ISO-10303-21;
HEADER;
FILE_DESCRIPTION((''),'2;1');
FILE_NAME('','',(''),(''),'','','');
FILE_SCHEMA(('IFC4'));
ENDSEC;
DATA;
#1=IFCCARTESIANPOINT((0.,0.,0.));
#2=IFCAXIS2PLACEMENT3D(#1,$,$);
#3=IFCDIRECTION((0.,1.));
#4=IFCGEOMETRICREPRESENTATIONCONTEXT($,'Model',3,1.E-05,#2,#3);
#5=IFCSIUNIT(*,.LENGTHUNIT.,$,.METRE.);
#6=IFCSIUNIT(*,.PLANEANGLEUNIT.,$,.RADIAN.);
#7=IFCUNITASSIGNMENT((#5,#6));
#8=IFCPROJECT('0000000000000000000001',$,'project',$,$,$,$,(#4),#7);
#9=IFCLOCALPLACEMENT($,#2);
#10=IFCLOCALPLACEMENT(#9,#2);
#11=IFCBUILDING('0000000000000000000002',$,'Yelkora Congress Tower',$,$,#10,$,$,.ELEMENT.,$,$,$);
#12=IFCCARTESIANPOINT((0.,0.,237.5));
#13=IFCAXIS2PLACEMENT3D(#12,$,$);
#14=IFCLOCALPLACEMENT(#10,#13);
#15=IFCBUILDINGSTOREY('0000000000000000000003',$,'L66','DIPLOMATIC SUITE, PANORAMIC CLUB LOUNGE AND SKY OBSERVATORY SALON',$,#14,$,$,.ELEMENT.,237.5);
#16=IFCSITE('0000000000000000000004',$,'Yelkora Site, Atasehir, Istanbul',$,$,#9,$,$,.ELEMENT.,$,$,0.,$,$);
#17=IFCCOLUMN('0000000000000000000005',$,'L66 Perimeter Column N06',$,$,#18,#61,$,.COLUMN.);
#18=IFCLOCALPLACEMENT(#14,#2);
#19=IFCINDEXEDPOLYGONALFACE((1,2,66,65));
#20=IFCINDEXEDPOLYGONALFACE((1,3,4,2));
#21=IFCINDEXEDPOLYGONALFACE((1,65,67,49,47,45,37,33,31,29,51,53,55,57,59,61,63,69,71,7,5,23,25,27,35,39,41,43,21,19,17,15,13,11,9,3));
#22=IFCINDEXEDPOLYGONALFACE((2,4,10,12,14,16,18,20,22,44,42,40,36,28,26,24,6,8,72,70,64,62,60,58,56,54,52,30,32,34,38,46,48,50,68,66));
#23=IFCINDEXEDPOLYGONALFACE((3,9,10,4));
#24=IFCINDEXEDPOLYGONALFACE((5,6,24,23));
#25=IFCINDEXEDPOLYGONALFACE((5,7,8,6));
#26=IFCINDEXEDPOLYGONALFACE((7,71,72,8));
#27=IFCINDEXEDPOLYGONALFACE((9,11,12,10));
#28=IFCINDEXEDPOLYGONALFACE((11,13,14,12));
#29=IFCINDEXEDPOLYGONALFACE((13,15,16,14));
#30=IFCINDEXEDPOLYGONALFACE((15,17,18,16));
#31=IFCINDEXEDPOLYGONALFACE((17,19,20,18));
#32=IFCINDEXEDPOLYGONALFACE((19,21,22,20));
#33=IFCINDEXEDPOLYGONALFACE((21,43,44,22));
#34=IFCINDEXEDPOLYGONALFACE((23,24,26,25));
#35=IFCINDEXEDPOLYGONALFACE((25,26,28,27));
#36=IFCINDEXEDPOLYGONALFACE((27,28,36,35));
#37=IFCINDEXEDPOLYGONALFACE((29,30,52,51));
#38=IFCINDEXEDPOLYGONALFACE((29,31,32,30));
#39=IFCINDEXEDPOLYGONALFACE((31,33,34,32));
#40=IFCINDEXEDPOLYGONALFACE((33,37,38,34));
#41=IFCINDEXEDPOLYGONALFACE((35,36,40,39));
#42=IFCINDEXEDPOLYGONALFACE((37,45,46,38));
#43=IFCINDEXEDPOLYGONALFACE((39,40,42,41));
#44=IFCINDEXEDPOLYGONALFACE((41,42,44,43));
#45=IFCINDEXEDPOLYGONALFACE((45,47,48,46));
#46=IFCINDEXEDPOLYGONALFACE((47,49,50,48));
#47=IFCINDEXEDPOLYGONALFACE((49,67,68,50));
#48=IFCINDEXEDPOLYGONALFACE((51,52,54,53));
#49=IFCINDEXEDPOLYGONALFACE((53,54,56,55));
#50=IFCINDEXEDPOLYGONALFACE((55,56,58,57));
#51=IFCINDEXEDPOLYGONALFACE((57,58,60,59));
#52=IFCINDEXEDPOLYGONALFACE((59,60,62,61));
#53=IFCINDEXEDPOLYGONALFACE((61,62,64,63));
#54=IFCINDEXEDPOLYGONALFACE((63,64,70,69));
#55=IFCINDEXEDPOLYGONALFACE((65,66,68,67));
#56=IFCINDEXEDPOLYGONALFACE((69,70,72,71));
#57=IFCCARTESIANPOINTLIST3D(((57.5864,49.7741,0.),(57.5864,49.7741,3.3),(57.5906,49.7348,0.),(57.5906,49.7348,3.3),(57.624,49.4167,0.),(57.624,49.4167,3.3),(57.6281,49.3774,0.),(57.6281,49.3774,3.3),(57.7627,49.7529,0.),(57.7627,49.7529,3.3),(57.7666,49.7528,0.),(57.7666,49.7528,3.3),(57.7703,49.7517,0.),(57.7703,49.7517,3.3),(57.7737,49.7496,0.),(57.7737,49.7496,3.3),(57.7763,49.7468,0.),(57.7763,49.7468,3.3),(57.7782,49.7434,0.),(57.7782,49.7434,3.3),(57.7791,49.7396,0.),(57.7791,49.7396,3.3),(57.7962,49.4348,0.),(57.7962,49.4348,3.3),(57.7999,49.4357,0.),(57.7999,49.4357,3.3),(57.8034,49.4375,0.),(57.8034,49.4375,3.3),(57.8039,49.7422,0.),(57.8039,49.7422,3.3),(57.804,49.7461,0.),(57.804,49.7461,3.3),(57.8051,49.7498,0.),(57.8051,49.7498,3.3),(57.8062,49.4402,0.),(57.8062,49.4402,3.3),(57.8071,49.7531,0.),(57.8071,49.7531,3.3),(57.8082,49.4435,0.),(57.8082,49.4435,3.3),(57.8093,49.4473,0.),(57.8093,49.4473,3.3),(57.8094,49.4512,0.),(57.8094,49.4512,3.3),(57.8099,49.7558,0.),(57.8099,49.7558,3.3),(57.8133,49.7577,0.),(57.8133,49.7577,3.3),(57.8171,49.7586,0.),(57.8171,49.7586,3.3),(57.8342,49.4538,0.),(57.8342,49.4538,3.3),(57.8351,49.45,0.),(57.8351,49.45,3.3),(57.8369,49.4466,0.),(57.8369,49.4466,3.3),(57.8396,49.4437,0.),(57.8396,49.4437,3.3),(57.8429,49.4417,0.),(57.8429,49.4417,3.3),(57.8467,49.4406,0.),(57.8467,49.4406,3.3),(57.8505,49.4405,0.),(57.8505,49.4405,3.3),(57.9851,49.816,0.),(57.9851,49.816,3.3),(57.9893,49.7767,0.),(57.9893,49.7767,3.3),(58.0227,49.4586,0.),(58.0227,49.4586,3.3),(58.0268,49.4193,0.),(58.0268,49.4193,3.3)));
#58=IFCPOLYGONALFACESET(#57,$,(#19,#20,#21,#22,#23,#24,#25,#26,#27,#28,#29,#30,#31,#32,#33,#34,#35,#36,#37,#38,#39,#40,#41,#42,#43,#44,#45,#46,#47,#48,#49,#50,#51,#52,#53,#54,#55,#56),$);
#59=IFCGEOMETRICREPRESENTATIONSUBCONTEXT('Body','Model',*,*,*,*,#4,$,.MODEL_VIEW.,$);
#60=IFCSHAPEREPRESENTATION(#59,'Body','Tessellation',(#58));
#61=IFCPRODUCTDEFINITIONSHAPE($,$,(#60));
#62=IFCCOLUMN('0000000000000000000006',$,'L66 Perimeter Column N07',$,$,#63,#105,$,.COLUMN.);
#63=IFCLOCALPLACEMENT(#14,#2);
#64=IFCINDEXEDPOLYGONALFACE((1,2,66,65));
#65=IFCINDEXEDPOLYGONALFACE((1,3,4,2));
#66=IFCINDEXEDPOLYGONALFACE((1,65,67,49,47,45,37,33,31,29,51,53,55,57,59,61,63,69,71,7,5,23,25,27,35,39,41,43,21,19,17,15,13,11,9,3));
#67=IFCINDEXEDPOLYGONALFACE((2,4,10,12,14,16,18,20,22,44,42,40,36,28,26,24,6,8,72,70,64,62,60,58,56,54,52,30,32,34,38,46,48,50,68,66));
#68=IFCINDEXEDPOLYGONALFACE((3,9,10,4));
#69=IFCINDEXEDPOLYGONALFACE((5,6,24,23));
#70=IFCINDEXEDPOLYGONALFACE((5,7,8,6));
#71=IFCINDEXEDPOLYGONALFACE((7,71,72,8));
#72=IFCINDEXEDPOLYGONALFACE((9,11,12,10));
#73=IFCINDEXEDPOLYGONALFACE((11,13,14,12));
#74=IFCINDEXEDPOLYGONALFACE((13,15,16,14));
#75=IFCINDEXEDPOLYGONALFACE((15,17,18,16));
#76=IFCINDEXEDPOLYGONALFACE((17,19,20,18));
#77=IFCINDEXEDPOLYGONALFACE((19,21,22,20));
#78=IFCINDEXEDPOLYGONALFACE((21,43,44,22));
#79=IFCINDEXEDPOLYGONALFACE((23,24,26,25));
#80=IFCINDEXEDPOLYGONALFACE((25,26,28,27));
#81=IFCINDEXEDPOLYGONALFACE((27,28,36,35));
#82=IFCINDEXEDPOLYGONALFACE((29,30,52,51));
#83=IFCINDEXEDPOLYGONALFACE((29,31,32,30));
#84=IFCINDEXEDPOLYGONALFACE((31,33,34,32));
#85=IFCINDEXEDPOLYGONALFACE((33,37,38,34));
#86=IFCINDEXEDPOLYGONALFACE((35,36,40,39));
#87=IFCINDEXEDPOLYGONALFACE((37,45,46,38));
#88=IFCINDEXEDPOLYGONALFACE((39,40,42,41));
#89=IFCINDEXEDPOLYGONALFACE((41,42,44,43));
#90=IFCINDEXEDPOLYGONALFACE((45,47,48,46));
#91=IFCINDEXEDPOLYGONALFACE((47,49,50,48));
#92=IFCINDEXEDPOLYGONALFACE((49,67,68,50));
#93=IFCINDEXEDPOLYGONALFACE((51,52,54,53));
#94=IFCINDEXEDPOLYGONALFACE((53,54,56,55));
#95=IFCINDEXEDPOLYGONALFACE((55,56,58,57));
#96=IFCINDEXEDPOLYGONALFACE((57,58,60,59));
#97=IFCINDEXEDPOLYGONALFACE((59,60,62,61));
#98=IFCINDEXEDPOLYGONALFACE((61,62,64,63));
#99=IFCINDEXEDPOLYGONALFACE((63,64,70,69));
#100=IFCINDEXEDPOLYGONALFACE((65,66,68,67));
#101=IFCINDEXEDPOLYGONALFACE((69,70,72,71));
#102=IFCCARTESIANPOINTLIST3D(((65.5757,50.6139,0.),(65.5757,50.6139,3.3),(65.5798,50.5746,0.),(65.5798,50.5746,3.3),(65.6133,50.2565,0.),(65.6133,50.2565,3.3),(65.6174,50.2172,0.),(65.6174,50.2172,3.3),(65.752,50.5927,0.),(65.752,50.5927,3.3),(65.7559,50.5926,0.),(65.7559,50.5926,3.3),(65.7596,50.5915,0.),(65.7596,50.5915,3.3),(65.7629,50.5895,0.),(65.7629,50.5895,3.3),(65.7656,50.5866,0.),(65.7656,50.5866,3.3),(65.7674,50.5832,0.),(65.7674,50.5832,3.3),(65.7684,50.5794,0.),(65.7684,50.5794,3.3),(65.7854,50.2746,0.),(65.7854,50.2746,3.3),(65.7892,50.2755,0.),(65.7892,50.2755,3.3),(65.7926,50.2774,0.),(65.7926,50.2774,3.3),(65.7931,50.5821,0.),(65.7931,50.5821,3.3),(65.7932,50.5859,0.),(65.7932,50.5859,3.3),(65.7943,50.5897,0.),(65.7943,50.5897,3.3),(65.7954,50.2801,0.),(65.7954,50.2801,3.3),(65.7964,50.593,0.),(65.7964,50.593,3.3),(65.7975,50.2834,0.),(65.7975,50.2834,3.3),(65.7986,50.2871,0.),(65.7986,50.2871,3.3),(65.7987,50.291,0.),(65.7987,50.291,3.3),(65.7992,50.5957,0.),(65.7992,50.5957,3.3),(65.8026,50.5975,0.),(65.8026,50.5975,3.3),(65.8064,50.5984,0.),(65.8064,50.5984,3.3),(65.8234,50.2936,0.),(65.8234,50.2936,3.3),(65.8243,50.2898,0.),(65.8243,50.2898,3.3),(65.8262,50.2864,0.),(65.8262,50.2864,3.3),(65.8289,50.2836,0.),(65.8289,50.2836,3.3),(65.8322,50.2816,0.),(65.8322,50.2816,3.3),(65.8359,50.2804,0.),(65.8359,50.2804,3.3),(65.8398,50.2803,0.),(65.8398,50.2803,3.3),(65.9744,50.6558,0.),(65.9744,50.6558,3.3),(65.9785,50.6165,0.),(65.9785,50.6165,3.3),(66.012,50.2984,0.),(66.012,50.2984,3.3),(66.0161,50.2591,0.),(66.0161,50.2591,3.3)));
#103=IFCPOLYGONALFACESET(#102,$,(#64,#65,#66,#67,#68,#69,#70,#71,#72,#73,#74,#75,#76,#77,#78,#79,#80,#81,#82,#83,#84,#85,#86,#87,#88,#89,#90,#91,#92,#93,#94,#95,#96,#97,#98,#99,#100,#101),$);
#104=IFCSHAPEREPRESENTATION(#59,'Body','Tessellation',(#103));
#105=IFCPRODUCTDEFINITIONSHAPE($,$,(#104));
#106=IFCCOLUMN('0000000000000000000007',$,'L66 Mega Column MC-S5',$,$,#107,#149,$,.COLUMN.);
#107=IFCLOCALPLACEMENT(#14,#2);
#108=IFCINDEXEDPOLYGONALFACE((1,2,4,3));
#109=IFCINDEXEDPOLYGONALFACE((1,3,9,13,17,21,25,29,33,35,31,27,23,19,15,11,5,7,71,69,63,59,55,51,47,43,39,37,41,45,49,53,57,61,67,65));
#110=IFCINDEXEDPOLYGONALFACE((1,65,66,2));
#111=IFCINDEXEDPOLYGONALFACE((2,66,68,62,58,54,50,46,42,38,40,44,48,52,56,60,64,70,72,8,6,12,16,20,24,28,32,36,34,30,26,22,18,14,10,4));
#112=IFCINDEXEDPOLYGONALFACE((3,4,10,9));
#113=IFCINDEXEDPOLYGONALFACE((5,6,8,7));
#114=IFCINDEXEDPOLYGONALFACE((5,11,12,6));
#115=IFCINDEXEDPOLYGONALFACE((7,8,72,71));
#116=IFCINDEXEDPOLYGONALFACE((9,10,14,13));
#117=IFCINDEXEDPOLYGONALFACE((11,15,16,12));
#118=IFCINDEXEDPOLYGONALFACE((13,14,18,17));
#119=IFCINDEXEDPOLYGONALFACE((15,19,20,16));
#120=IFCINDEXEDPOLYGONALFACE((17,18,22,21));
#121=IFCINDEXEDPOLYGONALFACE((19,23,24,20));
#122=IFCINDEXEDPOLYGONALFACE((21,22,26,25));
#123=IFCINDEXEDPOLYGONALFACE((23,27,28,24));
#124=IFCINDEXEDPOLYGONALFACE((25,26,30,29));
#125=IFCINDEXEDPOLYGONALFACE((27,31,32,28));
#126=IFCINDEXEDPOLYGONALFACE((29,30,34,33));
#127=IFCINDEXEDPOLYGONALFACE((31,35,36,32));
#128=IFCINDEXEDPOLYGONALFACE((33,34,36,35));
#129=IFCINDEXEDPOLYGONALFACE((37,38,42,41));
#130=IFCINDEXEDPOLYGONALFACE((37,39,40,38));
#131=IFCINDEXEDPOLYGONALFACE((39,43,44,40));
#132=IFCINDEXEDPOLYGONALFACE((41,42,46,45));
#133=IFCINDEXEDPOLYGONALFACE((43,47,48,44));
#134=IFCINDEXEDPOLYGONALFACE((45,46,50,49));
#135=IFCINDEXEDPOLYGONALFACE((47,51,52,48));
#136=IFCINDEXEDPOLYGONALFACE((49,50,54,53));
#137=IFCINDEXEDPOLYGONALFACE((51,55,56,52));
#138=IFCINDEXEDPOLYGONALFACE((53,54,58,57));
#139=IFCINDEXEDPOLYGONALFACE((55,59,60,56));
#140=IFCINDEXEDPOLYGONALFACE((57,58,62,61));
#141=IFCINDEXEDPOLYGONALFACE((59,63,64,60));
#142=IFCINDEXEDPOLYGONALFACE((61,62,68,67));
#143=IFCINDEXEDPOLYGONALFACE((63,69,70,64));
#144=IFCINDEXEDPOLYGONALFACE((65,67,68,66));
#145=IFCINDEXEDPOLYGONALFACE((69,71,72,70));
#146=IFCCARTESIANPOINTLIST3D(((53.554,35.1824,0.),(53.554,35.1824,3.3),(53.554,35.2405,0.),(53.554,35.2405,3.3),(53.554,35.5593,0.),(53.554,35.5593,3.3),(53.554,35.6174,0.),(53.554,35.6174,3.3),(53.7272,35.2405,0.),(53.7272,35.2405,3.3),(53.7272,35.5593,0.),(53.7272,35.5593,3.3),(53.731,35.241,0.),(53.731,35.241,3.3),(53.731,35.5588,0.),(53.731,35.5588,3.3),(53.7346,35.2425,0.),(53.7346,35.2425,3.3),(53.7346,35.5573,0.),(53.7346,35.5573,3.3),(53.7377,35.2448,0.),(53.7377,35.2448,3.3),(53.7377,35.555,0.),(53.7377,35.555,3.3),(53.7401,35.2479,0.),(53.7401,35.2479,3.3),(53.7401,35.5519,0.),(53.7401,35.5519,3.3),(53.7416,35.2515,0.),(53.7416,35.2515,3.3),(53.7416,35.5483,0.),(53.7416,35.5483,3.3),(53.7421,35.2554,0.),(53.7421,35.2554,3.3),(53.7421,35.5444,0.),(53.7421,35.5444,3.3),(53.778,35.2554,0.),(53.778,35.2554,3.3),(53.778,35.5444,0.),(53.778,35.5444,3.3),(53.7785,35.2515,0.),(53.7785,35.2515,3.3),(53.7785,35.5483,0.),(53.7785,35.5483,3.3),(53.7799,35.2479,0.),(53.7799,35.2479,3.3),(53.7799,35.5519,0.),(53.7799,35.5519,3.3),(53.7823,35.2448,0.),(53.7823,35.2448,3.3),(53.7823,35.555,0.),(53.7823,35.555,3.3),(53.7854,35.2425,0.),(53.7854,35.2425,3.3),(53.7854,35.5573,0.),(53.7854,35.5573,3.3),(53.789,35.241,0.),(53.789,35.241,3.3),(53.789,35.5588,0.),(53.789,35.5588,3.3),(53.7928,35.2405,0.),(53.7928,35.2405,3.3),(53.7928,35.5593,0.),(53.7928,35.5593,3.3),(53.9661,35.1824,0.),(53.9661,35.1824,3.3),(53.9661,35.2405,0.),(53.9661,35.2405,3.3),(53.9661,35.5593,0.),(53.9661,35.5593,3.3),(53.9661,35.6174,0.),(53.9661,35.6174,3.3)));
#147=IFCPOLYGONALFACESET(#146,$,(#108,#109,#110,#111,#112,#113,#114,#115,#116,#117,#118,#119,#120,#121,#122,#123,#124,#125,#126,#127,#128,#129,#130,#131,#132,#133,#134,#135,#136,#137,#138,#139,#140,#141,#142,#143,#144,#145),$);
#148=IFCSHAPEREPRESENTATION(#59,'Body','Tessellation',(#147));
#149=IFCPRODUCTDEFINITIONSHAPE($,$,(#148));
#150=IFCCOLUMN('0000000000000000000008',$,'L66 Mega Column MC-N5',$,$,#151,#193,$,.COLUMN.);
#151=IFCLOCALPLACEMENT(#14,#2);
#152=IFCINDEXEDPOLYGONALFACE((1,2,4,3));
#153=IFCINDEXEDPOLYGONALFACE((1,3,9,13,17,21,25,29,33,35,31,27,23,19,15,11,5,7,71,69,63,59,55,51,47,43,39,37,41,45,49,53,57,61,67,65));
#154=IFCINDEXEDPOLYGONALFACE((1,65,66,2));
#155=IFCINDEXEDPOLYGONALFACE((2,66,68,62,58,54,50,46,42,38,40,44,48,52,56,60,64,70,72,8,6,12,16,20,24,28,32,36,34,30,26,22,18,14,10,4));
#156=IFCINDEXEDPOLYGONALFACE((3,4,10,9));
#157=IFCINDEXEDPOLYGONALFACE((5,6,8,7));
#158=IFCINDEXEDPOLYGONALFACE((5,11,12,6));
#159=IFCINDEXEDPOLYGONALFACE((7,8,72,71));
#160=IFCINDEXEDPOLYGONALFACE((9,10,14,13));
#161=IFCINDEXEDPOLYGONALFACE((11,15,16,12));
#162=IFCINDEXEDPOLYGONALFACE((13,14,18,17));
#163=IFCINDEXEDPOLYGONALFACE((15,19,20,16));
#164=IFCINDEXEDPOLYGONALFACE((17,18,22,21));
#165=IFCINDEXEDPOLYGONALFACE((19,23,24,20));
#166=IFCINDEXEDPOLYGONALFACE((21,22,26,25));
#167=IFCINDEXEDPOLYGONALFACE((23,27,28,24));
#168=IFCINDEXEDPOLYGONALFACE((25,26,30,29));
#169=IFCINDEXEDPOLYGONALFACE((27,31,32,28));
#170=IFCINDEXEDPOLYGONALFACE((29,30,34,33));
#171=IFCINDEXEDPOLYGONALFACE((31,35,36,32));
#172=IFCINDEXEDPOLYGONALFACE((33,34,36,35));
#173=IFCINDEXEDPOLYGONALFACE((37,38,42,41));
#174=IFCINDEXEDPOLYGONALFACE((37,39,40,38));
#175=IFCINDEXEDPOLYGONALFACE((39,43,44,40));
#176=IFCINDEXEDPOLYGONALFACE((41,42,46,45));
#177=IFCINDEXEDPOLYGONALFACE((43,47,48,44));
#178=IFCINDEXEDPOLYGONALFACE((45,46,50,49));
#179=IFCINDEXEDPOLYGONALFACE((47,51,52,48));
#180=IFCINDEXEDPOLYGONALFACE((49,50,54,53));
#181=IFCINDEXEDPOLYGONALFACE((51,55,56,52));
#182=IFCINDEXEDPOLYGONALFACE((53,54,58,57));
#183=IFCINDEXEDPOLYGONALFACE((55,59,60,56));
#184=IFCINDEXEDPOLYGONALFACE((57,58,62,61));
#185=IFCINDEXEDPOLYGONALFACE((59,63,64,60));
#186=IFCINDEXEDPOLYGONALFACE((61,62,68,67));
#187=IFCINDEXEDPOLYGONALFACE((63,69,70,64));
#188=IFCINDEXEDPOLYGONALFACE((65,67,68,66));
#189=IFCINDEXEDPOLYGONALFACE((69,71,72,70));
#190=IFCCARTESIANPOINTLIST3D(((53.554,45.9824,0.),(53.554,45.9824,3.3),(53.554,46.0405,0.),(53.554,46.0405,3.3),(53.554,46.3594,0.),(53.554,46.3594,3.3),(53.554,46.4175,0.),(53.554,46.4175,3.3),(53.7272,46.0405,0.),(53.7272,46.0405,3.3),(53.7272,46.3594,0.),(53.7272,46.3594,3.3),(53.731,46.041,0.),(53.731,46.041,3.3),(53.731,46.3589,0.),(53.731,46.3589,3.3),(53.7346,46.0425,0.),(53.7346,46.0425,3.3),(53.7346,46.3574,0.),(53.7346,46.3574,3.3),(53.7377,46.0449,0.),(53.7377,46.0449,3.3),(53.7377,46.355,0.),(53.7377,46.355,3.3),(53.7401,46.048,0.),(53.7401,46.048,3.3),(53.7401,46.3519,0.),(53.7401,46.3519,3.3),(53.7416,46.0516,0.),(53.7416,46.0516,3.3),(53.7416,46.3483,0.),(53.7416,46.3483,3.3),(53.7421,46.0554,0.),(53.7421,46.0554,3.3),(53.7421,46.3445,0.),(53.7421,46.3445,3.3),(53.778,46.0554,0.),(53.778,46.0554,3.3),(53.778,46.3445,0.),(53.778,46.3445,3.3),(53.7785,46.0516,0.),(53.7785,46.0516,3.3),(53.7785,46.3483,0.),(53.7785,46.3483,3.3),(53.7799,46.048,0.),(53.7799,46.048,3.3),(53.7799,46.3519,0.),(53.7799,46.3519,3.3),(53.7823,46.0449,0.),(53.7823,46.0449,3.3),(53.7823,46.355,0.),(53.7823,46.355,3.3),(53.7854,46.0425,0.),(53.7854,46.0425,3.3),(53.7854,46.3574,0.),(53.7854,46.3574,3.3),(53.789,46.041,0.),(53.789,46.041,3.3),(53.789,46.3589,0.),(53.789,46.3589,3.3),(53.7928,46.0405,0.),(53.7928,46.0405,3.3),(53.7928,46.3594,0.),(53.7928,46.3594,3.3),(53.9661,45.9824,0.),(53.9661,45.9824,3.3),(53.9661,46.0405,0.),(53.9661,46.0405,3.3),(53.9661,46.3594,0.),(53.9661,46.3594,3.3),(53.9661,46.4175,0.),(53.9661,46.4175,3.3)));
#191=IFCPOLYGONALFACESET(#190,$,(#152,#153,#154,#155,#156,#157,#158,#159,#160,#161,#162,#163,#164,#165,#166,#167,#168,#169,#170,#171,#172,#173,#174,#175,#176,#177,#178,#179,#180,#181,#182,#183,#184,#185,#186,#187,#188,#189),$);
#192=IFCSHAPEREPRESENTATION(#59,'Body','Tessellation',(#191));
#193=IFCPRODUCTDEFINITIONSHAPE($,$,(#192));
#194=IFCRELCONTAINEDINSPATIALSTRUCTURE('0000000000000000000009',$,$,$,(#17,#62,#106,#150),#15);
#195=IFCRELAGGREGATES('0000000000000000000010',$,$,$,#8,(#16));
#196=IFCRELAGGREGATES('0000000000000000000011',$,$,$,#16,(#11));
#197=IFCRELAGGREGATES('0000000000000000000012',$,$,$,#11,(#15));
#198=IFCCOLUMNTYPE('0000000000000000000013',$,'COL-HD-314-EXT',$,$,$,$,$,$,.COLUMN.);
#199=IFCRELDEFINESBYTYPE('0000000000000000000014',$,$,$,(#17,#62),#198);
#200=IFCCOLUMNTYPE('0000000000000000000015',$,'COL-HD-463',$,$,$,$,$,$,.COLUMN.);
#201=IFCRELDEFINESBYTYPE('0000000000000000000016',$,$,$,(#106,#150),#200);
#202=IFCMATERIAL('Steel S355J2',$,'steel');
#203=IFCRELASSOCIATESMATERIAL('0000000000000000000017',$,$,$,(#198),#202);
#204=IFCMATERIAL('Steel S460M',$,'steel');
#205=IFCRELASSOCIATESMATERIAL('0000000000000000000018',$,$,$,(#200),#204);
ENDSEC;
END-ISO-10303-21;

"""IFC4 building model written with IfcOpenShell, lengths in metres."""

from ifc_helpers import new_model, si_unit, direction, frame, origin, origin_2d, place, context, subcontext, project, spatial, i_section, extrude, material, material_profile, profile_set, type_object, element, save


model = new_model("IFC4")

# Units and contexts
model_context = context("Model", 3, precision=1e-05, world=origin(), true_north=direction((0.0, 1.0)))
body_context = subcontext(model_context, "Body", "Model", "MODEL_VIEW")
ifc_project = project(units=[si_unit("LENGTHUNIT", "METRE"), si_unit("PLANEANGLEUNIT", "RADIAN")], contexts=[model_context])

# Site, building, storey
site_placement = place(None, origin())
site = spatial("IfcSite", under=ifc_project, at=site_placement, Name="Yelkora Site, Atasehir, Istanbul", CompositionType="ELEMENT", RefElevation=0.0)
building_placement = place(site_placement, origin())
building = spatial("IfcBuilding", under=site, at=building_placement, Name="Yelkora Congress Tower", CompositionType="ELEMENT")
storey_placement = place(building_placement, frame((0.0, 0.0, 237.5)))
storey = spatial("IfcBuildingStorey", under=building, at=storey_placement, Name="L66", Description="DIPLOMATIC SUITE, PANORAMIC CLUB LOUNGE AND SKY OBSERVATORY SALON", CompositionType="ELEMENT", Elevation=237.5)

# Columns
ifc_material_1 = material(Name="Steel S355J2", Category="steel")
ifc_material_profile_1 = material_profile(ifc_material_1, i_section(OverallWidth=0.4009, OverallDepth=0.3989, WebThickness=0.0249, FlangeThickness=0.0396, FilletRadius=0.0149, at=origin_2d()), Name="HD 400x314")
ifc_profile_set_1 = profile_set([ifc_material_profile_1], Name="Steel S355J2")
column_type_1 = type_object("IfcColumnType", Name="COL-HD-314-EXT", PredefinedType="COLUMN", material=ifc_profile_set_1)
for number, where, z_axis, x_axis, name in (
    (1, (57.8066, 49.5967, 0.0), (0.0, 0.0, 1.0), (0.994522, 0.104528, 0.0), "L66 Perimeter Column N06"),
    (2, (65.7959, 50.4365, 0.0), (0.0, 0.0, 1.0), (0.994522, 0.104528, 0.0), "L66 Perimeter Column N07"),
):
    element("IfcColumn", number, at=place(storey_placement, frame(where, z_axis=z_axis, x_axis=x_axis)), inside=storey, type_object=column_type_1, Name=name, PredefinedType="COLUMN", context=body_context, shape_type="SweptSolid", body=[
        extrude(i_section(OverallWidth=0.4009, OverallDepth=0.3989, WebThickness=0.0249, FlangeThickness=0.0396, FilletRadius=0.0149, at=origin_2d()), origin(), (0.0, 0.0, 1.0), 3.3),
    ])
ifc_material_2 = material(Name="Steel S460M", Category="steel")
ifc_material_profile_2 = material_profile(ifc_material_2, i_section(OverallWidth=0.4121, OverallDepth=0.4351, WebThickness=0.0359, FlangeThickness=0.0581, FilletRadius=0.0149, at=origin_2d()), Name="HD 400x463")
ifc_profile_set_2 = profile_set([ifc_material_profile_2], Name="Steel S460M")
column_type_2 = type_object("IfcColumnType", Name="COL-HD-463", PredefinedType="COLUMN", material=ifc_profile_set_2)
for number, where, z_axis, x_axis, name in (
    (3, (53.76, 35.3999, 0.0), (0.0, 0.0, 1.0), (1.0, 0.0, 0.0), "L66 Mega Column MC-S5"),
    (4, (53.76, 46.2, 0.0), (0.0, 0.0, 1.0), (1.0, 0.0, 0.0), "L66 Mega Column MC-N5"),
):
    element("IfcColumn", number, at=place(storey_placement, frame(where, z_axis=z_axis, x_axis=x_axis)), inside=storey, type_object=column_type_2, Name=name, PredefinedType="COLUMN", context=body_context, shape_type="SweptSolid", body=[
        extrude(i_section(OverallWidth=0.4121, OverallDepth=0.4351, WebThickness=0.0359, FlangeThickness=0.0581, FilletRadius=0.0149, at=origin_2d()), origin(), (0.0, 0.0, 1.0), 3.3),
    ])

save(model, "model.ifc")
